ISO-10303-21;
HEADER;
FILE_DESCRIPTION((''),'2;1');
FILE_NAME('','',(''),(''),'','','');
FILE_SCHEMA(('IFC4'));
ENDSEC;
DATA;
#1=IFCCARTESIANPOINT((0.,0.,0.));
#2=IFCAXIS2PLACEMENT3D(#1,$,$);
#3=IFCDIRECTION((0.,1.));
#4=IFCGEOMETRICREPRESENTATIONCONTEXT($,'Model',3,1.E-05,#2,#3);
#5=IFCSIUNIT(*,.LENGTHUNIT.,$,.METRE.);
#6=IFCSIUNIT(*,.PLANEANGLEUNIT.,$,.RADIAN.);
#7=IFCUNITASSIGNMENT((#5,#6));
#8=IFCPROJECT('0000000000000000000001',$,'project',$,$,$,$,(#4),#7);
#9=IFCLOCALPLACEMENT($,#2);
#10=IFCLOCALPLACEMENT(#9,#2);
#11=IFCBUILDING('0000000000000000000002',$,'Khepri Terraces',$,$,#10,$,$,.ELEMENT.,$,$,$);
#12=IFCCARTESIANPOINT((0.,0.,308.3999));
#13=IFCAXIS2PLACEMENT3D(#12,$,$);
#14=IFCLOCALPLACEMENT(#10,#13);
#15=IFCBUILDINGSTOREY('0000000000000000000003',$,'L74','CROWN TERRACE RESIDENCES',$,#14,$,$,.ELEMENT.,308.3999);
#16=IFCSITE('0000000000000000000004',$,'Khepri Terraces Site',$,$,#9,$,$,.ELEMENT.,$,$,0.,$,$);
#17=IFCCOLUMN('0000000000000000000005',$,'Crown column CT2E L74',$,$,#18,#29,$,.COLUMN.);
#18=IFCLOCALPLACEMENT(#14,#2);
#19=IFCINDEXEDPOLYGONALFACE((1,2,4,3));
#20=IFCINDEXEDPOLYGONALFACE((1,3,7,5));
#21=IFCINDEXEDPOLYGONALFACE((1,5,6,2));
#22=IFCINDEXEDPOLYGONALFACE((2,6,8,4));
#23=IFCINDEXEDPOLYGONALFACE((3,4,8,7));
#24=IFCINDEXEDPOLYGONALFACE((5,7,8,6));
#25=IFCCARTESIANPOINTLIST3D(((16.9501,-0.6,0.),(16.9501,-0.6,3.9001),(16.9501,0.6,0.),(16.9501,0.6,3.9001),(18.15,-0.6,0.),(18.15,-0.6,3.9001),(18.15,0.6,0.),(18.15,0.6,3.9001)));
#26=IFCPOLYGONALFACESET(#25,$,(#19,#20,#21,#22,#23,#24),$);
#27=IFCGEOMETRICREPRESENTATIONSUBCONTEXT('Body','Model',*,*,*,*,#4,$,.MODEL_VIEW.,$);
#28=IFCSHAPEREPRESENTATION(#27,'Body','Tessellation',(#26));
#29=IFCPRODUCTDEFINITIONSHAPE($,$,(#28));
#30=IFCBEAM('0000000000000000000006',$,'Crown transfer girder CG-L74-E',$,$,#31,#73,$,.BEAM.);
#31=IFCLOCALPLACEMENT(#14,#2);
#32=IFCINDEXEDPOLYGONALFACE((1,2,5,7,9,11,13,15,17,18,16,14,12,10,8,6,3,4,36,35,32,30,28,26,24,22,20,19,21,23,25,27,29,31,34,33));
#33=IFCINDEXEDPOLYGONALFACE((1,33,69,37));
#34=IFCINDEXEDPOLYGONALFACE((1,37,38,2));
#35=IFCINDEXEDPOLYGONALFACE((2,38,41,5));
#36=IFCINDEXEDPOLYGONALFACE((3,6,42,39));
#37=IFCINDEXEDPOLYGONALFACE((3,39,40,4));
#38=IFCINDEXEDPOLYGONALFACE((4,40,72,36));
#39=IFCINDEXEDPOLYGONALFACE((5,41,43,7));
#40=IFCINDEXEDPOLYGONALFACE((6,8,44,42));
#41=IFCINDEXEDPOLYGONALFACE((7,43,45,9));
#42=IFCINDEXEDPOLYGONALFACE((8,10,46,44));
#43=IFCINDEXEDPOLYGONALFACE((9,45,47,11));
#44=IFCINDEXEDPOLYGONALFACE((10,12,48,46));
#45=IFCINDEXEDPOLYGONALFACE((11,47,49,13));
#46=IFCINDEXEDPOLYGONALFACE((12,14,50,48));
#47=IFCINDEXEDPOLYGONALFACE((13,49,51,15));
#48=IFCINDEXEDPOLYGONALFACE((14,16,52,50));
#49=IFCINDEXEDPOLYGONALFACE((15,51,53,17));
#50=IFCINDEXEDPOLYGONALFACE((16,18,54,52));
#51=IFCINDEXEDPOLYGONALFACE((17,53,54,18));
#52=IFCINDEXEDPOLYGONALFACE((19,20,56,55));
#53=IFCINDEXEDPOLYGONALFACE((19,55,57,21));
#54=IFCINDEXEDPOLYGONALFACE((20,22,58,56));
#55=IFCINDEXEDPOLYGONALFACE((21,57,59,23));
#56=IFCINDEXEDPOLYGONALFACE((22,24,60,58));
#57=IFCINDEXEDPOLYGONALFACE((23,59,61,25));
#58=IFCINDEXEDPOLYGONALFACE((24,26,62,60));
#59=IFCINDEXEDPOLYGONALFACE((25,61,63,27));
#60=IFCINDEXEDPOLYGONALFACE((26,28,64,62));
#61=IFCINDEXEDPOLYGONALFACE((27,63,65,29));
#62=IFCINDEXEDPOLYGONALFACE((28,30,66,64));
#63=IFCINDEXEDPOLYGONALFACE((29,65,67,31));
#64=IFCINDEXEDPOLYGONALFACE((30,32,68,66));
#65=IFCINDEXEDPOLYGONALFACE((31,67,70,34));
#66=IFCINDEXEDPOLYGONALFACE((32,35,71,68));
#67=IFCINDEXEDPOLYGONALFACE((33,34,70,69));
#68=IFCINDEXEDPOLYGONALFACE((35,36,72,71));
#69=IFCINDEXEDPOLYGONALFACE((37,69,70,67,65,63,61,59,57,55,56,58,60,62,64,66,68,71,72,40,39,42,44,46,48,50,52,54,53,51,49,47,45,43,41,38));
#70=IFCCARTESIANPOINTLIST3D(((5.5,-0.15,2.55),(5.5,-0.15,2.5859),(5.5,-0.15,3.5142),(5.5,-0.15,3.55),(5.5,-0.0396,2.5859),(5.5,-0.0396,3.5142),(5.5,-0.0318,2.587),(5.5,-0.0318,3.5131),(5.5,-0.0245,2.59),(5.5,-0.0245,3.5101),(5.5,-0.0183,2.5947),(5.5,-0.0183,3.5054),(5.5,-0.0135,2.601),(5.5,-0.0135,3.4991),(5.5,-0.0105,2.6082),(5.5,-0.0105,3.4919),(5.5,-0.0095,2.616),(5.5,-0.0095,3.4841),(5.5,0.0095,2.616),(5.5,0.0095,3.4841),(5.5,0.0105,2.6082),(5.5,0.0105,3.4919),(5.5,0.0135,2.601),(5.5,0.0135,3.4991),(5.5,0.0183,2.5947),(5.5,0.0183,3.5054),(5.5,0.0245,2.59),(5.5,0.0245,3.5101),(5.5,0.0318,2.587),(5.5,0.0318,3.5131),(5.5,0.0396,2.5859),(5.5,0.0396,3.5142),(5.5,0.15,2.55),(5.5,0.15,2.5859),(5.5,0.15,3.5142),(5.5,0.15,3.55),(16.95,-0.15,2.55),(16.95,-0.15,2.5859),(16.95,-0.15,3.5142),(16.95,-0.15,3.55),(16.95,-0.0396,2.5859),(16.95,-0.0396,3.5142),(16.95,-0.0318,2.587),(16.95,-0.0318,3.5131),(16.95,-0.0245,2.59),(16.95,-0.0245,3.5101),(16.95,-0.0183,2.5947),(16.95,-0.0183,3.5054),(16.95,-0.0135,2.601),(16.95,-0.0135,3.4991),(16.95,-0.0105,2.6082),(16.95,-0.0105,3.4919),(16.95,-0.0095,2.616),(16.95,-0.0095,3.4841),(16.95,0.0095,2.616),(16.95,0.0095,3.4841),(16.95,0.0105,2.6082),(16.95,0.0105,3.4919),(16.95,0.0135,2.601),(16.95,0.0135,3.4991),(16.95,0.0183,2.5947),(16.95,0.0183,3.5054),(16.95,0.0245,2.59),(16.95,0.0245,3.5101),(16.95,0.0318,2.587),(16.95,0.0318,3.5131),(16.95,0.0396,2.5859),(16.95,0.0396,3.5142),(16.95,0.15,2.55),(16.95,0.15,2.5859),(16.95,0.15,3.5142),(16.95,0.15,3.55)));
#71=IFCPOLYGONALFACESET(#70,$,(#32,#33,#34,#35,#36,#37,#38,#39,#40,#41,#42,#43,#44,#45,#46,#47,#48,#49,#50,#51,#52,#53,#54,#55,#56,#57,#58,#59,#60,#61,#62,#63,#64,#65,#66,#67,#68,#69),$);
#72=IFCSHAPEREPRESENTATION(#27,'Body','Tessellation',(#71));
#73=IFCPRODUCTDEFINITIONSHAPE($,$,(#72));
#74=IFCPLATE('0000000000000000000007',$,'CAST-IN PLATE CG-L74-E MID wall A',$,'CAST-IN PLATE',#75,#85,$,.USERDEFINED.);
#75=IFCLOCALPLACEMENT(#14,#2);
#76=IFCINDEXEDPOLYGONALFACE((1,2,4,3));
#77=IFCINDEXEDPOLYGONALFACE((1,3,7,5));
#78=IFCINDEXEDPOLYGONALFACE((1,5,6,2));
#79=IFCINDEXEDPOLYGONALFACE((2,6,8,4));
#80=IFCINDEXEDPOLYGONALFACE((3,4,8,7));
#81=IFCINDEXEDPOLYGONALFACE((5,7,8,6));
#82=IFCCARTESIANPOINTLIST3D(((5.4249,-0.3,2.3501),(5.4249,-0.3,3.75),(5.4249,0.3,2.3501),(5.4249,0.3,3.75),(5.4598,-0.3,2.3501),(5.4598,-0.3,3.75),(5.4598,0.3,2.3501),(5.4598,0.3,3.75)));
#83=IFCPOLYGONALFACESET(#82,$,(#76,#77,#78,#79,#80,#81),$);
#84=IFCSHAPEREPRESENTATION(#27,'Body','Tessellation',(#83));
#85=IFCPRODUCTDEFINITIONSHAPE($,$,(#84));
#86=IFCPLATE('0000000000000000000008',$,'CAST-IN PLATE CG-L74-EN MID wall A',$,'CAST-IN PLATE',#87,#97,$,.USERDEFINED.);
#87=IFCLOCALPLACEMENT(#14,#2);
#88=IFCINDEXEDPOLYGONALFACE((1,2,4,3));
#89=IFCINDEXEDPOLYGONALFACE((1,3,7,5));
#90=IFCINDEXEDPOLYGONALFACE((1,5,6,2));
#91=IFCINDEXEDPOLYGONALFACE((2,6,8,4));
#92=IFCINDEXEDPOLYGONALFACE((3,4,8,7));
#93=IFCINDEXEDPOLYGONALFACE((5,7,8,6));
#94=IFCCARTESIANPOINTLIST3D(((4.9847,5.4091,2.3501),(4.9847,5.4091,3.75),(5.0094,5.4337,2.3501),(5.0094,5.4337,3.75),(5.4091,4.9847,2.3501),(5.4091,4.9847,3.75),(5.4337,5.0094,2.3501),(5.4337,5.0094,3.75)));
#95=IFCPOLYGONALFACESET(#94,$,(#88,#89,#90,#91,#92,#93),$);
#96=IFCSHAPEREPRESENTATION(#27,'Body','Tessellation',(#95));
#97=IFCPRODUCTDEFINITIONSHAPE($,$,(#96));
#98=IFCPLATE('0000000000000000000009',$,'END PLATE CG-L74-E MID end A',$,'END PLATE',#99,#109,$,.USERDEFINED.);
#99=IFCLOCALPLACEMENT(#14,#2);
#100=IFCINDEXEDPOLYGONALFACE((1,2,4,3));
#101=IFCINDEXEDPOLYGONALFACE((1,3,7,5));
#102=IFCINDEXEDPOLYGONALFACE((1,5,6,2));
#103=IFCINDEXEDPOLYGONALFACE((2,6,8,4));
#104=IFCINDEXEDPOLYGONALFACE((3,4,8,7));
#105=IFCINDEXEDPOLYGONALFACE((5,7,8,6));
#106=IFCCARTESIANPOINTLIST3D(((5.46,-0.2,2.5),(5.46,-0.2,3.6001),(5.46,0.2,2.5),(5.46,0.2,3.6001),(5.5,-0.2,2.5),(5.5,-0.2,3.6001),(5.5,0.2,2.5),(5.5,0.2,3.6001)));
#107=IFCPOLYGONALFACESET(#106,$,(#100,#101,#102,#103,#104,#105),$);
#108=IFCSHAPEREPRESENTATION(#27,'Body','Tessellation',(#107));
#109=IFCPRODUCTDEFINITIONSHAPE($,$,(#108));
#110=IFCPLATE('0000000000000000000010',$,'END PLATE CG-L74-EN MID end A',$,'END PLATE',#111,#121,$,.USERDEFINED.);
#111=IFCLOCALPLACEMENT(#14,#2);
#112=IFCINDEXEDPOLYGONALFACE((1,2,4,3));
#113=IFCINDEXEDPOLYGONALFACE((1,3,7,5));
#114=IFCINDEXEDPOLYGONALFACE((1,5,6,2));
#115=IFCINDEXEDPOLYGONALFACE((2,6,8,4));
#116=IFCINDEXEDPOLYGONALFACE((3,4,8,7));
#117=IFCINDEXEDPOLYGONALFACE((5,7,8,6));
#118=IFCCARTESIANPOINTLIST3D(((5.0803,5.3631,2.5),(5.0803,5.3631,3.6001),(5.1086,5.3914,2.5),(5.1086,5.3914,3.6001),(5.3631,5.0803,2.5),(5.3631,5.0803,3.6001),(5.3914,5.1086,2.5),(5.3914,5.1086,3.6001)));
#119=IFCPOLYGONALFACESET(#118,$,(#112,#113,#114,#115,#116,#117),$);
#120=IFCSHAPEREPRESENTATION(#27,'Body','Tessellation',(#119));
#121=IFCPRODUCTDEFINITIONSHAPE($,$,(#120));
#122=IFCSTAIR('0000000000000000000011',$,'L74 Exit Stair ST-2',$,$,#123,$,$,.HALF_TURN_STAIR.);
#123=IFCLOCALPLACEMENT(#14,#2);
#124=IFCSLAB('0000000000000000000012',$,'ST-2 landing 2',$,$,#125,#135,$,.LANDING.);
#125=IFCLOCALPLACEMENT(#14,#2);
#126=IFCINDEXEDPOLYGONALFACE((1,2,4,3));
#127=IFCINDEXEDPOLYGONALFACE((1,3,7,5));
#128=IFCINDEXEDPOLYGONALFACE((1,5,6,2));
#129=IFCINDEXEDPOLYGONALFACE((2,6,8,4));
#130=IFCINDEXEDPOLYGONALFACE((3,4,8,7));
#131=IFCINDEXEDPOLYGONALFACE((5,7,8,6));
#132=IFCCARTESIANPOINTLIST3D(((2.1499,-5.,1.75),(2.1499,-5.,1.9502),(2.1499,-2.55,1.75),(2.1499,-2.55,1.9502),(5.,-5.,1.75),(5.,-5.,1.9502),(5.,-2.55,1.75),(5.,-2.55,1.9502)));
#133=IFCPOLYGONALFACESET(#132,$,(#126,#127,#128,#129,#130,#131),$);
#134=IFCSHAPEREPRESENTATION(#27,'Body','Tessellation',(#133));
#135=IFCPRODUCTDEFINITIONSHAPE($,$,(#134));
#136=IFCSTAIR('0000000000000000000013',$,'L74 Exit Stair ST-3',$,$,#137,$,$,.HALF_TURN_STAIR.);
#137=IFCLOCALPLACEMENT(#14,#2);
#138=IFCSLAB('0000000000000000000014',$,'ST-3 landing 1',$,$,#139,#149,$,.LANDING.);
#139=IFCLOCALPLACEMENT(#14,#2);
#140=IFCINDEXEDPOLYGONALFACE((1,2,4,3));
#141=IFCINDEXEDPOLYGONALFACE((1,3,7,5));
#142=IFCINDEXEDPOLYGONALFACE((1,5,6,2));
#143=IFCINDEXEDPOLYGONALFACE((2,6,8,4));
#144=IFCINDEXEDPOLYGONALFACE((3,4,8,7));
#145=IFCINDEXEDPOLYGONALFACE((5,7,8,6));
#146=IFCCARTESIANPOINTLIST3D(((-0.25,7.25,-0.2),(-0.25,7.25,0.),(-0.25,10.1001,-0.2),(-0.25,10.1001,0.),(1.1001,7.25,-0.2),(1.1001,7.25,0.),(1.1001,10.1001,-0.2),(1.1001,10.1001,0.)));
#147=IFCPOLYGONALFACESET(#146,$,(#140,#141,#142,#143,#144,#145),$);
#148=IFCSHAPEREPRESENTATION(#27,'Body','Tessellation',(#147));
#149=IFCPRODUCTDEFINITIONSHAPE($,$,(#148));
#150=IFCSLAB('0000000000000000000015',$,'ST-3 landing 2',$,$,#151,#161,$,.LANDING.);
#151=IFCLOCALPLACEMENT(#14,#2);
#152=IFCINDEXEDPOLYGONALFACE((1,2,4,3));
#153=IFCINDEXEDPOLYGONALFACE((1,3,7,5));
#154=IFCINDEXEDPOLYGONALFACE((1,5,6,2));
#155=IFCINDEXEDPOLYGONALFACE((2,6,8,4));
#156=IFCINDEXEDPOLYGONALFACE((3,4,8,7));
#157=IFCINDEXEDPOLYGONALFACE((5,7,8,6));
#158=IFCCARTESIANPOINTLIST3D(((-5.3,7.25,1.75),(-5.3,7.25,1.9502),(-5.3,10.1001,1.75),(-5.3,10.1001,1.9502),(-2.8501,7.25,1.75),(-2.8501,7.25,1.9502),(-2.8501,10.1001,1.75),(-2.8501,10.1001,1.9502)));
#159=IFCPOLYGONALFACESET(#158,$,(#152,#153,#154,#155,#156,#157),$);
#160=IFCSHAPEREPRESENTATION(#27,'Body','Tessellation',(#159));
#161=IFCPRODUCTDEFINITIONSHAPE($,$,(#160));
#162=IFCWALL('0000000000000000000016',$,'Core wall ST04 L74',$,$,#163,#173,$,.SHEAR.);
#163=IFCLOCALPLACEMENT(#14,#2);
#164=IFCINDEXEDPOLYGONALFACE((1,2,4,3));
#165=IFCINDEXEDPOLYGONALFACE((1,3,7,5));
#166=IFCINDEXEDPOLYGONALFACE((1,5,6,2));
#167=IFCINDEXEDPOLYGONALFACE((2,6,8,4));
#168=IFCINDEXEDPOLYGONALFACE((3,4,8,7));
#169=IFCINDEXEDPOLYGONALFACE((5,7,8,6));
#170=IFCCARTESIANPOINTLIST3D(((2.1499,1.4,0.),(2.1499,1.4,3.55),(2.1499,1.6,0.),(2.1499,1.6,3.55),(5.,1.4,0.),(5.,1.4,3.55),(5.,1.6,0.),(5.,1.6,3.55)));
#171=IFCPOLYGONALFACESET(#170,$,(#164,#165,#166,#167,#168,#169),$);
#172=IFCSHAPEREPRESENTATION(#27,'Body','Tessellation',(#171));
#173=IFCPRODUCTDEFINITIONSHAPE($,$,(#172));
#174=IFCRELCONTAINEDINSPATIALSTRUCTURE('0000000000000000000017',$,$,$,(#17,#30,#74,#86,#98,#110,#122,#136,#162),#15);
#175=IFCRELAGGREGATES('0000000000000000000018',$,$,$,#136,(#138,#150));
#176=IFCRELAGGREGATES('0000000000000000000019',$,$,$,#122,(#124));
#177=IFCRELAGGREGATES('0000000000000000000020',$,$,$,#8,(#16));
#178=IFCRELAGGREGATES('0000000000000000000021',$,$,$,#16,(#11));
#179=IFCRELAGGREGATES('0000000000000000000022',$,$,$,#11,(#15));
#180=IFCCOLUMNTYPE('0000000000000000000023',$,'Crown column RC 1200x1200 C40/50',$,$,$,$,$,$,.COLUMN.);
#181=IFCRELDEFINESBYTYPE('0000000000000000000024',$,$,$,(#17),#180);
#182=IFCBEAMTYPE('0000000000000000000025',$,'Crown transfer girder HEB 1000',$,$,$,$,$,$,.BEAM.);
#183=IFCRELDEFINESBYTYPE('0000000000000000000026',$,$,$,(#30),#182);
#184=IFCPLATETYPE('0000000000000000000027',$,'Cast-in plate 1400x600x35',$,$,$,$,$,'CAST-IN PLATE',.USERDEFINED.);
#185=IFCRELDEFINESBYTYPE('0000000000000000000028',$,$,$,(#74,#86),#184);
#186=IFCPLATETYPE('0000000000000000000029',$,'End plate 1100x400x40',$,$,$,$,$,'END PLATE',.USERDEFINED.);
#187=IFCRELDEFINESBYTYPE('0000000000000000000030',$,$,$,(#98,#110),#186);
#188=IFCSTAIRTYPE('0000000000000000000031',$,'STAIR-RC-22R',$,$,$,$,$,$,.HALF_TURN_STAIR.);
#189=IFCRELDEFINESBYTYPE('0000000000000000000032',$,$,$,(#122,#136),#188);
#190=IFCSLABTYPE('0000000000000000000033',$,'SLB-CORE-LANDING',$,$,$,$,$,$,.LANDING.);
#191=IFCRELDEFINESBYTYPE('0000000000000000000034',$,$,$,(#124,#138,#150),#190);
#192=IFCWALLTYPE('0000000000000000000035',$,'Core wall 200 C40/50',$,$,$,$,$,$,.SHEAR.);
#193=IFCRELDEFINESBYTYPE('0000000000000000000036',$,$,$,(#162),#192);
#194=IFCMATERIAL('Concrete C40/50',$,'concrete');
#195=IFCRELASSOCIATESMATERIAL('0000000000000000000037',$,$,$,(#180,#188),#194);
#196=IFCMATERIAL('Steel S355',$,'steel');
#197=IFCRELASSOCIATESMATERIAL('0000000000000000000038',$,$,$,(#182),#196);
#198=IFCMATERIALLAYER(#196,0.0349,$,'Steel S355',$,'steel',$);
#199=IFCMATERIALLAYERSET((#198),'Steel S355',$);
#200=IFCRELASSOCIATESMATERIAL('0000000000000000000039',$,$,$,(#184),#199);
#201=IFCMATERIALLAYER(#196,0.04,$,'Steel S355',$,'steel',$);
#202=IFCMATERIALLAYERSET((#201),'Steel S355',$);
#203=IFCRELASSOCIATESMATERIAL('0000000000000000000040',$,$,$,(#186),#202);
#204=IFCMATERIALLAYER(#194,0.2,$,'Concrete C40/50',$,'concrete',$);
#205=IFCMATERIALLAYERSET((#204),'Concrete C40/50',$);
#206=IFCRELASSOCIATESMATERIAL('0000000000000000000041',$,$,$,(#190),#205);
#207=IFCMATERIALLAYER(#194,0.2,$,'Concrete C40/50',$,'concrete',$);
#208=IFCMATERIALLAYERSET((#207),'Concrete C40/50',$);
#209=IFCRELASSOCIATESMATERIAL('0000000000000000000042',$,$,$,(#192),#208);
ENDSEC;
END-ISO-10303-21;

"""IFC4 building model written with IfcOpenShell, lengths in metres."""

from ifc_helpers import new_model, si_unit, direction, frame, frame_2d, origin, origin_2d, place, context, subcontext, project, spatial, polyline, rectangle, i_section, outline, extrude, material, layer, layer_set, material_profile, profile_set, type_object, element, aggregate, save


model = new_model("IFC4")

# Units and contexts
model_context = context("Model", 3, precision=1e-05, world=origin(), true_north=direction((0.0, 1.0)))
body_context = subcontext(model_context, "Body", "Model", "MODEL_VIEW")
ifc_project = project(units=[si_unit("LENGTHUNIT", "METRE"), si_unit("PLANEANGLEUNIT", "RADIAN")], contexts=[model_context])

# Site, building, storey
site_placement = place(None, origin())
site = spatial("IfcSite", under=ifc_project, at=site_placement, Name="Khepri Terraces Site", CompositionType="ELEMENT", RefElevation=0.0)
building_placement = place(site_placement, origin())
building = spatial("IfcBuilding", under=site, at=building_placement, Name="Khepri Terraces", CompositionType="ELEMENT")
storey_placement = place(building_placement, frame((0.0, 0.0, 308.3999)))
storey = spatial("IfcBuildingStorey", under=building, at=storey_placement, Name="L74", Description="CROWN TERRACE RESIDENCES", CompositionType="ELEMENT", Elevation=308.3999)

# Column
ifc_material_1 = material(Name="Concrete C40/50", Category="concrete")
ifc_material_profile_1 = material_profile(ifc_material_1, rectangle(XDim=1.2, YDim=1.2, at=origin_2d()), Name="Concrete C40/50", Category="concrete")
ifc_profile_set_1 = profile_set([ifc_material_profile_1], Name="Concrete C40/50")
column_type = type_object("IfcColumnType", Name="Crown column RC 1200x1200 C40/50", PredefinedType="COLUMN", material=ifc_profile_set_1)
column_placement = place(storey_placement, frame((17.55, 0.0, 0.0), z_axis=(0.0, 0.0, 1.0), x_axis=(1.0, 0.0, 0.0)))
element("IfcColumn", 1, at=column_placement, inside=storey, type_object=column_type, Name="Crown column CT2E L74", PredefinedType="COLUMN", context=body_context, shape_type="SweptSolid", body=[
    extrude(rectangle(XDim=1.2, YDim=1.2, at=origin_2d()), origin(), (0.0, 0.0, 1.0), 3.9001),
])

# Beam
ifc_material_2 = material(Name="Steel S355", Category="steel")
ifc_material_profile_2 = material_profile(ifc_material_2, i_section(OverallWidth=0.3, OverallDepth=1.0, WebThickness=0.019, FlangeThickness=0.0359, FilletRadius=0.03, at=origin_2d()), Name="Steel S355", Category="steel")
ifc_profile_set_2 = profile_set([ifc_material_profile_2], Name="Steel S355")
beam_type = type_object("IfcBeamType", Name="Crown transfer girder HEB 1000", PredefinedType="BEAM", material=ifc_profile_set_2)
beam_placement = place(storey_placement, frame((5.5, 0.0, 3.05), z_axis=(1.0, 0.0, 0.0), x_axis=(0.0, 1.0, 0.0)))
element("IfcBeam", 2, at=beam_placement, inside=storey, type_object=beam_type, Name="Crown transfer girder CG-L74-E", PredefinedType="BEAM", context=body_context, shape_type="SweptSolid", body=[
    extrude(i_section(OverallWidth=0.3, OverallDepth=1.0, WebThickness=0.019, FlangeThickness=0.0359, FilletRadius=0.03, at=origin_2d()), origin(), (0.0, 0.0, 1.0), 11.45),
])

# Plates
ifc_layer_1 = layer(ifc_material_2, 0.0349, Name="Steel S355", Category="steel")
ifc_layer_set_1 = layer_set([ifc_layer_1], Name="Steel S355")
plate_type_1 = type_object("IfcPlateType", Name="Cast-in plate 1400x600x35", ElementType="CAST-IN PLATE", PredefinedType="USERDEFINED", material=ifc_layer_set_1)
for number, where, z_axis, x_axis, name in (
    (3, (5.4424, 0.0, 2.3501), (0.0, 0.0, 1.0), (1.0, 0.0, 0.0), "CAST-IN PLATE CG-L74-E MID wall A"),
    (4, (5.2092, 5.2092, 2.3501), (0.0, 0.0, 1.0), (0.707107, 0.707107, 0.0), "CAST-IN PLATE CG-L74-EN MID wall A"),
):
    element("IfcPlate", number, at=place(storey_placement, frame(where, z_axis=z_axis, x_axis=x_axis)), inside=storey, type_object=plate_type_1, Name=name, ObjectType="CAST-IN PLATE", PredefinedType="USERDEFINED", context=body_context, shape_type="SweptSolid", body=[
        extrude(rectangle(XDim=0.0349, YDim=0.6001, at=origin_2d()), origin(), (0.0, 0.0, 1.0), 1.3999),
    ])
ifc_layer_2 = layer(ifc_material_2, 0.04, Name="Steel S355", Category="steel")
ifc_layer_set_2 = layer_set([ifc_layer_2], Name="Steel S355")
plate_type_2 = type_object("IfcPlateType", Name="End plate 1100x400x40", ElementType="END PLATE", PredefinedType="USERDEFINED", material=ifc_layer_set_2)
for number, where, z_axis, x_axis, name in (
    (5, (5.48, 0.0, 2.5), (0.0, 0.0, 1.0), (1.0, 0.0, 0.0), "END PLATE CG-L74-E MID end A"),
    (6, (5.2358, 5.2358, 2.5), (0.0, 0.0, 1.0), (0.707107, 0.707107, 0.0), "END PLATE CG-L74-EN MID end A"),
):
    element("IfcPlate", number, at=place(storey_placement, frame(where, z_axis=z_axis, x_axis=x_axis)), inside=storey, type_object=plate_type_2, Name=name, ObjectType="END PLATE", PredefinedType="USERDEFINED", context=body_context, shape_type="SweptSolid", body=[
        extrude(rectangle(XDim=0.04, YDim=0.3999, at=origin_2d()), origin(), (0.0, 0.0, 1.0), 1.1001),
    ])

# Stair, slab
stair_type = type_object("IfcStairType", Name="STAIR-RC-22R", PredefinedType="HALF_TURN_STAIR", material=ifc_material_1)
stair_1_placement = place(storey_placement, origin())
stair_1 = element("IfcStair", 7, at=stair_1_placement, inside=storey, type_object=stair_type, Name="L74 Exit Stair ST-2", PredefinedType="HALF_TURN_STAIR")
ifc_layer_3 = layer(ifc_material_1, 0.2, Name="Concrete C40/50", Category="concrete")
ifc_layer_set_3 = layer_set([ifc_layer_3], Name="Concrete C40/50")
slab_type = type_object("IfcSlabType", Name="SLB-CORE-LANDING", PredefinedType="LANDING", material=ifc_layer_set_3)
slab_1_placement = place(storey_placement, frame((0.0, 0.0, 1.75)))
slab_1 = element("IfcSlab", 8, at=slab_1_placement, type_object=slab_type, Name="ST-2 landing 2", PredefinedType="LANDING", context=body_context, shape_type="SweptSolid", body=[
    extrude(outline(polyline([(2.1499, -2.55), (2.1499, -5.0), (5.0, -5.0), (5.0, -2.55), (2.1499, -2.55)])), origin(), (0.0, 0.0, 1.0), 0.2002),
])

# Stair, slabs
stair_2_placement = place(storey_placement, origin())
stair_2 = element("IfcStair", 9, at=stair_2_placement, inside=storey, type_object=stair_type, Name="L74 Exit Stair ST-3", PredefinedType="HALF_TURN_STAIR")
slab_2_placement = place(storey_placement, frame((0.0, 0.0, -0.2)))
slab_2 = element("IfcSlab", 10, at=slab_2_placement, type_object=slab_type, Name="ST-3 landing 1", PredefinedType="LANDING", context=body_context, shape_type="SweptSolid", body=[
    extrude(outline(polyline([(1.1001, 10.1001), (-0.25, 10.1001), (-0.25, 7.25), (1.1001, 7.25), (1.1001, 10.1001)])), origin(), (0.0, 0.0, 1.0), 0.2),
])
slab_3_placement = place(storey_placement, frame((0.0, 0.0, 1.75)))
slab_3 = element("IfcSlab", 11, at=slab_3_placement, type_object=slab_type, Name="ST-3 landing 2", PredefinedType="LANDING", context=body_context, shape_type="SweptSolid", body=[
    extrude(outline(polyline([(-2.8501, 10.1001), (-5.3, 10.1001), (-5.3, 7.25), (-2.8501, 7.25), (-2.8501, 10.1001)])), origin(), (0.0, 0.0, 1.0), 0.2002),
])
aggregate(stair_2, [slab_2, slab_3])

# Wall
ifc_layer_4 = layer(ifc_material_1, 0.2, Name="Concrete C40/50", Category="concrete")
ifc_layer_set_4 = layer_set([ifc_layer_4], Name="Concrete C40/50")
wall_type_1 = type_object("IfcWallType", Name="Core wall 200 C40/50", PredefinedType="SHEAR", material=ifc_layer_set_4)
wall_1_placement = place(storey_placement, frame((2.1499, 1.5, 0.0), z_axis=(0.0, 0.0, 1.0), x_axis=(1.0, 0.0, 0.0)))
element("IfcWall", 12, at=wall_1_placement, inside=storey, type_object=wall_type_1, Name="Core wall ST04 L74", PredefinedType="SHEAR", context=body_context, shape_type="SweptSolid", body=[
    extrude(rectangle(XDim=2.8501, YDim=0.2, at=frame_2d((1.425, 0.0))), origin(), (0.0, 0.0, 1.0), 3.55),
])

aggregate(stair_1, [slab_1])

save(model, "model.ifc")
